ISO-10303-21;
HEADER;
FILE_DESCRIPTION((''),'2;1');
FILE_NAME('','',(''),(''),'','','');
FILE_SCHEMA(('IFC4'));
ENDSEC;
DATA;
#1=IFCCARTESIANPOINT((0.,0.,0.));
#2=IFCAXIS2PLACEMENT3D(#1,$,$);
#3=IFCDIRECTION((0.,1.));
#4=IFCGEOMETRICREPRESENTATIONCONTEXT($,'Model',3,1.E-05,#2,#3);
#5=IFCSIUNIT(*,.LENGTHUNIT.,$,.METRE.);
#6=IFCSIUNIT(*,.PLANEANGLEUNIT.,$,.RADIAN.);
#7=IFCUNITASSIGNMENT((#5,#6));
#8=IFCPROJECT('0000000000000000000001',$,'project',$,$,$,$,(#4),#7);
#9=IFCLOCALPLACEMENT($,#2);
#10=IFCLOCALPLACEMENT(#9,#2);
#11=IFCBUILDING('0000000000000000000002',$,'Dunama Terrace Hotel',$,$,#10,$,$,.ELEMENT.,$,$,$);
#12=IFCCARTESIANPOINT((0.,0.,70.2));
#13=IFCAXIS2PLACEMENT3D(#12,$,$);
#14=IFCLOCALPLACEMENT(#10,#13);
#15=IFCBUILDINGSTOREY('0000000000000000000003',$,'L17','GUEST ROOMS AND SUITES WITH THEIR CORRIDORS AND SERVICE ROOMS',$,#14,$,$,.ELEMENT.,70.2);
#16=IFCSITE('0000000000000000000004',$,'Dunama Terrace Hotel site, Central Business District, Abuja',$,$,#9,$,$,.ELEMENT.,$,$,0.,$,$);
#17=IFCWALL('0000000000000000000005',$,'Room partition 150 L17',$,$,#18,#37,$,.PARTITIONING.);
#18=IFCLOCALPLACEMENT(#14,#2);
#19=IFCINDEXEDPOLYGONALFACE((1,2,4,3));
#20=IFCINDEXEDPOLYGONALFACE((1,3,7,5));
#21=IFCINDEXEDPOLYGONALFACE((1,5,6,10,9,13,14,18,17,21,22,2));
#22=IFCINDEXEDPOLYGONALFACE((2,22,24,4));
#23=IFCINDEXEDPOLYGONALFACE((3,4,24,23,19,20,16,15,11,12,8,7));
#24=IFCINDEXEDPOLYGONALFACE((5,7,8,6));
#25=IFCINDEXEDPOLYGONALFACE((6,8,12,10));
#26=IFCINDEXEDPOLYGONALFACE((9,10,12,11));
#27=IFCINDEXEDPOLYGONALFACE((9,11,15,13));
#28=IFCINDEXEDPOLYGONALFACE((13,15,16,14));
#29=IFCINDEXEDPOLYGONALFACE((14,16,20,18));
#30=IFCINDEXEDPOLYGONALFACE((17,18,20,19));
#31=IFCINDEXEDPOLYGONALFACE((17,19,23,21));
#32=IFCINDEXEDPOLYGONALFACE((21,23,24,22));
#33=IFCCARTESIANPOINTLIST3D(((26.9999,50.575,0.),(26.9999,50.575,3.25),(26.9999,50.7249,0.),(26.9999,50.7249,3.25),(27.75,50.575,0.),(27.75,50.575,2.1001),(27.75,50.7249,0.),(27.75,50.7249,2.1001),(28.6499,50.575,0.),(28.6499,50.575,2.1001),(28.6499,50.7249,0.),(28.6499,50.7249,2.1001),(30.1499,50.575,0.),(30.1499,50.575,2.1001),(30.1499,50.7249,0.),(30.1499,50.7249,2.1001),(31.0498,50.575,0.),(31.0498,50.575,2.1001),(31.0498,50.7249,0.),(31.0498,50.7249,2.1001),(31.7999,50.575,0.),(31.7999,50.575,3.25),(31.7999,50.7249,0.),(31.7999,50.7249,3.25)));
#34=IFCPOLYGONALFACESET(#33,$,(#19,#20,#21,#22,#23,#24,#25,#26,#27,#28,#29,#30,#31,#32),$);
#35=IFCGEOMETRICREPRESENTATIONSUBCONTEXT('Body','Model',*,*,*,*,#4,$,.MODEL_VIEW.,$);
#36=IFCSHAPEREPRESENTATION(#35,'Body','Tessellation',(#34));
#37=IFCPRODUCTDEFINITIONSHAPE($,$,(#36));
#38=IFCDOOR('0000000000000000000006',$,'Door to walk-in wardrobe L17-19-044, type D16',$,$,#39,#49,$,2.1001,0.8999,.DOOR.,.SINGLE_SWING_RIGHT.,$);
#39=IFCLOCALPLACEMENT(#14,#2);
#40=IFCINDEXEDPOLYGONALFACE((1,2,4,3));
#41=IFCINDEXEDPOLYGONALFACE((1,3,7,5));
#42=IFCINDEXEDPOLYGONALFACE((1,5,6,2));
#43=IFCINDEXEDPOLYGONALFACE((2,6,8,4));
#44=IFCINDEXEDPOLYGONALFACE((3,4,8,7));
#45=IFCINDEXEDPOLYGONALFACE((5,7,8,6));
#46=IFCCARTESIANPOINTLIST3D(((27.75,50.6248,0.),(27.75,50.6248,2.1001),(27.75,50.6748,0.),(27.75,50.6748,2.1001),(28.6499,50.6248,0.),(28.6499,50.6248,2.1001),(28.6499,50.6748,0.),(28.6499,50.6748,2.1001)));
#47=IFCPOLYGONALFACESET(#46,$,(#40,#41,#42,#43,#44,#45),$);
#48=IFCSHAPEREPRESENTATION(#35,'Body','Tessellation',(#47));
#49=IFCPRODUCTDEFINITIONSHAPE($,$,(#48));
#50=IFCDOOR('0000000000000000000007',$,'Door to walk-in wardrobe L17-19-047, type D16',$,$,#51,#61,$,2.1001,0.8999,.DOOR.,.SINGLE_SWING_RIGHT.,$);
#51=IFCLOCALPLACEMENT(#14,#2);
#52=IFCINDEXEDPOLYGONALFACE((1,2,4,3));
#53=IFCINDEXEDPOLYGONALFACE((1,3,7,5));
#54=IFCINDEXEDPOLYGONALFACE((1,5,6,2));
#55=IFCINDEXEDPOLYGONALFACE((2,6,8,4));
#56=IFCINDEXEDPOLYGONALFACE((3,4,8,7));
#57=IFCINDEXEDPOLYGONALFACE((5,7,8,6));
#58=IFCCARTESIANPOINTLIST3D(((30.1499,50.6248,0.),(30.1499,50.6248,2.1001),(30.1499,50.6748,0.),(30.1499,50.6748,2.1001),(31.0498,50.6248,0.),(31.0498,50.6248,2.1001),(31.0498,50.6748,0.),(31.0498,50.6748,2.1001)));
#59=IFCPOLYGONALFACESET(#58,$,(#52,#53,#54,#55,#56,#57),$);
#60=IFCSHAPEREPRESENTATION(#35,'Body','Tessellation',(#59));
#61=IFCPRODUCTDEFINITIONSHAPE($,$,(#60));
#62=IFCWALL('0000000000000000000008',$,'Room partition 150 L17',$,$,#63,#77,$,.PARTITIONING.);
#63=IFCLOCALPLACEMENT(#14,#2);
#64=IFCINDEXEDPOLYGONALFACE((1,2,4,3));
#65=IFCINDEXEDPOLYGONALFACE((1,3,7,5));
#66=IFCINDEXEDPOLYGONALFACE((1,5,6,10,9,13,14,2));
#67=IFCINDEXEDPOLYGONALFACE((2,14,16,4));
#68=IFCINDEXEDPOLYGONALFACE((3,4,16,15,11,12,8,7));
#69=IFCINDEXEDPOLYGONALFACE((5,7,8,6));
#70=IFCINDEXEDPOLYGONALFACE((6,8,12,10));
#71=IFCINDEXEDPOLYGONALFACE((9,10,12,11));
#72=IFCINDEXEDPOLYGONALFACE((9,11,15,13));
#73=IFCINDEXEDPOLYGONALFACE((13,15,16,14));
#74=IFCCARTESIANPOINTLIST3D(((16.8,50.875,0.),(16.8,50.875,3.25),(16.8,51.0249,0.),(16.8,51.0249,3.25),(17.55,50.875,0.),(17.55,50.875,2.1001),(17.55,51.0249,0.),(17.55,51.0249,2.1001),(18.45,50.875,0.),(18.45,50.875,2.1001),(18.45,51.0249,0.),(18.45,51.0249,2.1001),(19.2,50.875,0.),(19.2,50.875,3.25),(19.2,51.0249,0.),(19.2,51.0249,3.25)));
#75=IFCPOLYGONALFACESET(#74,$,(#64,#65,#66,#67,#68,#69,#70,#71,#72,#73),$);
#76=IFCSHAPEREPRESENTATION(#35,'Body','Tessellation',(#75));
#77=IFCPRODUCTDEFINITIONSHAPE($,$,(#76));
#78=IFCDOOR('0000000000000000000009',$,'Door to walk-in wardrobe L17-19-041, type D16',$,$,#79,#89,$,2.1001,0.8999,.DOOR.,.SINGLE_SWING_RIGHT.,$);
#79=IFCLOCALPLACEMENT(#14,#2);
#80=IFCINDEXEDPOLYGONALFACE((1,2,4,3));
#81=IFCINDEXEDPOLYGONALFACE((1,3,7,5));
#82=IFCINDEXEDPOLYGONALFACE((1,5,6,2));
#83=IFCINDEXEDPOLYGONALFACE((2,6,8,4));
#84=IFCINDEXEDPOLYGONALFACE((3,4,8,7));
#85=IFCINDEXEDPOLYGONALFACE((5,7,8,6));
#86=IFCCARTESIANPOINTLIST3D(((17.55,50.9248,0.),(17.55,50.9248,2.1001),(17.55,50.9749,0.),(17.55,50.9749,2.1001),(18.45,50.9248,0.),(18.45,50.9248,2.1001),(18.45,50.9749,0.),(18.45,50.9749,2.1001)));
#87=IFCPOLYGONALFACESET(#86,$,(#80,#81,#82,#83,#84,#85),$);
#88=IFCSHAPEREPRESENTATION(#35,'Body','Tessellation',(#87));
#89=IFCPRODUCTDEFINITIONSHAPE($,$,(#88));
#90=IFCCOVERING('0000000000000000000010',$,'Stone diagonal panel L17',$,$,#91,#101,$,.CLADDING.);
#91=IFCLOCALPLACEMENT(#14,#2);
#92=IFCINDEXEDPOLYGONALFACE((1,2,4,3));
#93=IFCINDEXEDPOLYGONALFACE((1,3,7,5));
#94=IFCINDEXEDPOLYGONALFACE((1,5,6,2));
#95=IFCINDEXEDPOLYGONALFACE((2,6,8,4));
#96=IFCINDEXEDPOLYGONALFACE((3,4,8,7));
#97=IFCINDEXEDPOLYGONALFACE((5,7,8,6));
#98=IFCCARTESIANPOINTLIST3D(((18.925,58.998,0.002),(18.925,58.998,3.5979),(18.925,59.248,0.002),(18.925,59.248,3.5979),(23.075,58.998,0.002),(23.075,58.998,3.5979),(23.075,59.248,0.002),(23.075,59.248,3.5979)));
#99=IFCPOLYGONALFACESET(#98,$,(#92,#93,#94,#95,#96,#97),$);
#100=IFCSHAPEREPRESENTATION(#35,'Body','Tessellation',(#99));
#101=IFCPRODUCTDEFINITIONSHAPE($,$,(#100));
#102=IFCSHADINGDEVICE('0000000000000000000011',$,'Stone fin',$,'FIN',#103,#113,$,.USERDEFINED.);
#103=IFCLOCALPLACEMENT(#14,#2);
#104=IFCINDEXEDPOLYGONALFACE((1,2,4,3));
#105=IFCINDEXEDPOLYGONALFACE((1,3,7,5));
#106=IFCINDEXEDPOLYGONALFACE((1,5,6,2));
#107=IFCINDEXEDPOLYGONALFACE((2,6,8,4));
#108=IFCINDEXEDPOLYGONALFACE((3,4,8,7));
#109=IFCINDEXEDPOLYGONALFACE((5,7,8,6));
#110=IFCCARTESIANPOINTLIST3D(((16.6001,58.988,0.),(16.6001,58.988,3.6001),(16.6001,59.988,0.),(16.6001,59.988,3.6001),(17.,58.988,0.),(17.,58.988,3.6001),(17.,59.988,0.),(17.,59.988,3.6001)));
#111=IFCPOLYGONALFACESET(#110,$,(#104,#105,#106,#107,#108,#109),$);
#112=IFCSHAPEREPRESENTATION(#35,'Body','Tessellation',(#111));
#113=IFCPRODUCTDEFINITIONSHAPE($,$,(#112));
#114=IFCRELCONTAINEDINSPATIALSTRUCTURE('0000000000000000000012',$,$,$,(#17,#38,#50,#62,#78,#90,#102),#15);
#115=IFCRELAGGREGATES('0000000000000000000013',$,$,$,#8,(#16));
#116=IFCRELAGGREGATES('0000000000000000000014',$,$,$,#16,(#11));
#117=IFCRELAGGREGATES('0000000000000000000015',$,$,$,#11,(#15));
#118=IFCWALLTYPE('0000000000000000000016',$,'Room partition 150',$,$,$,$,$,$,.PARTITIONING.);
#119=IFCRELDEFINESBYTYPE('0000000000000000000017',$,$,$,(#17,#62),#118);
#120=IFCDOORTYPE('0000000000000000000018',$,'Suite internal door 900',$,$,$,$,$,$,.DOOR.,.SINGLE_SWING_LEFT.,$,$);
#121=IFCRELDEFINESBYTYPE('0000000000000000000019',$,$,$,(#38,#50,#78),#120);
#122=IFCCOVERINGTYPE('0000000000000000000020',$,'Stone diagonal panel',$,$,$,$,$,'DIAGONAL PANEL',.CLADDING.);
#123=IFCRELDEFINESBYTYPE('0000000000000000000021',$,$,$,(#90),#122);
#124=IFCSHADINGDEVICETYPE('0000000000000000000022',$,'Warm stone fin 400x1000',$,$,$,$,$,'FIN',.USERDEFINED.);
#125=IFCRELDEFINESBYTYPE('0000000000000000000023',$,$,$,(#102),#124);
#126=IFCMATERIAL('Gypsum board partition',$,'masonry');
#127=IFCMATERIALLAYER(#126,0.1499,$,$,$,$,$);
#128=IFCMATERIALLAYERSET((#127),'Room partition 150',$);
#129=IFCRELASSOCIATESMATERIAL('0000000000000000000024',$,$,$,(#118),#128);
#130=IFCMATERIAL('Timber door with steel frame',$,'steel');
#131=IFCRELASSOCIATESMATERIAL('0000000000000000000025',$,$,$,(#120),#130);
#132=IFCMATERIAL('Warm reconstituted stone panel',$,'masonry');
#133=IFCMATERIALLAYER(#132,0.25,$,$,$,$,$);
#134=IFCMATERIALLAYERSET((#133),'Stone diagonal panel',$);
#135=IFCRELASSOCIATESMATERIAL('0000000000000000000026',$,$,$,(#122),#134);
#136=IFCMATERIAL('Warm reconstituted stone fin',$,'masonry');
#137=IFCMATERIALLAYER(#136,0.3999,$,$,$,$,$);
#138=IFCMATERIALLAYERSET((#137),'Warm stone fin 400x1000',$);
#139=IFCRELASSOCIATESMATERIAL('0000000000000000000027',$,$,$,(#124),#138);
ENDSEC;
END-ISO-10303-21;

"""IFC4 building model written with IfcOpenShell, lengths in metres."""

from ifc_helpers import new_model, si_unit, direction, frame, frame_2d, origin, origin_2d, place, context, subcontext, project, spatial, rectangle, extrude, material, layer, layer_set, type_object, element, fill, save


model = new_model("IFC4")

# Units and contexts
model_context = context("Model", 3, precision=1e-05, world=origin(), true_north=direction((0.0, 1.0)))
body_context = subcontext(model_context, "Body", "Model", "MODEL_VIEW")
ifc_project = project(units=[si_unit("LENGTHUNIT", "METRE"), si_unit("PLANEANGLEUNIT", "RADIAN")], contexts=[model_context])

# Site, building, storey
site_placement = place(None, origin())
site = spatial("IfcSite", under=ifc_project, at=site_placement, Name="Dunama Terrace Hotel site, Central Business District, Abuja", CompositionType="ELEMENT", RefElevation=0.0)
building_placement = place(site_placement, origin())
building = spatial("IfcBuilding", under=site, at=building_placement, Name="Dunama Terrace Hotel", CompositionType="ELEMENT")
storey_placement = place(building_placement, frame((0.0, 0.0, 70.2)))
storey = spatial("IfcBuildingStorey", under=building, at=storey_placement, Name="L17", Description="GUEST ROOMS AND SUITES WITH THEIR CORRIDORS AND SERVICE ROOMS", CompositionType="ELEMENT", Elevation=70.2)

# Shared definitions
ifc_material_1 = material(Name="Gypsum board partition", Category="masonry")
ifc_layer_1 = layer(ifc_material_1, 0.1499)
ifc_layer_set_1 = layer_set([ifc_layer_1], Name="Room partition 150")
wall_type_1 = type_object("IfcWallType", Name="Room partition 150", PredefinedType="PARTITIONING", material=ifc_layer_set_1)

# Wall, openings, doors
wall_1_placement = place(storey_placement, frame((27.0, 50.6499, 0.0), z_axis=(0.0, 0.0, 1.0), x_axis=(1.0, 0.0, 0.0)))
wall_1 = element("IfcWall", 1, at=wall_1_placement, inside=storey, type_object=wall_type_1, Name="Room partition 150 L17", PredefinedType="PARTITIONING", context=body_context, shape_type="SweptSolid", body=[
    extrude(rectangle(XDim=4.8, YDim=0.1499, at=frame_2d((2.3999, 0.0))), origin(), (0.0, 0.0, 1.0), 3.25),
])
opening_1_placement = place(wall_1_placement, frame((0.75, 0.0, 0.0)))
opening_1 = element("IfcOpeningElement", 2, at=opening_1_placement, cuts=wall_1, PredefinedType="OPENING", context=body_context, shape_type="SweptSolid", body=[
    extrude(rectangle(XDim=0.8999, YDim=2.1001, at=frame_2d((0.45, 1.05))), frame((0.0, 0.085, 0.0), z_axis=(0.0, -1.0, 0.0), x_axis=(1.0, 0.0, 0.0)), (0.0, 0.0, 1.0), 0.1699),
])
opening_2_placement = place(wall_1_placement, frame((3.1499, 0.0, 0.0)))
opening_2 = element("IfcOpeningElement", 3, at=opening_2_placement, cuts=wall_1, PredefinedType="OPENING", context=body_context, shape_type="SweptSolid", body=[
    extrude(rectangle(XDim=0.8999, YDim=2.1001, at=frame_2d((0.45, 1.05))), frame((0.0, 0.085, 0.0), z_axis=(0.0, -1.0, 0.0), x_axis=(1.0, 0.0, 0.0)), (0.0, 0.0, 1.0), 0.1699),
])
ifc_material_2 = material(Name="Timber door with steel frame", Category="steel")
door_type_1 = type_object("IfcDoorType", Name="Suite internal door 900", OperationType="SINGLE_SWING_LEFT", PredefinedType="DOOR", material=ifc_material_2)
door_1_placement = place(opening_1_placement, frame((0.8999, 0.0, 0.0), z_axis=(0.0, 0.0, 1.0), x_axis=(-1.0, 0.0, 0.0)))
door_1 = element("IfcDoor", 4, at=door_1_placement, inside=storey, type_object=door_type_1, Name="Door to walk-in wardrobe L17-19-044, type D16", OperationType="SINGLE_SWING_RIGHT", OverallHeight=2.1001, OverallWidth=0.8999, PredefinedType="DOOR", context=body_context, shape_type="SweptSolid", body=[
    extrude(rectangle(XDim=0.8999, YDim=2.1001, at=frame_2d((0.45, 1.05))), frame((0.0, 0.0251, 0.0), z_axis=(0.0, -1.0, 0.0), x_axis=(1.0, 0.0, 0.0)), (0.0, 0.0, 1.0), 0.05),
])
fill(opening_1, door_1)
door_2_placement = place(opening_2_placement, frame((0.8999, 0.0, 0.0), z_axis=(0.0, 0.0, 1.0), x_axis=(-1.0, 0.0, 0.0)))
door_2 = element("IfcDoor", 5, at=door_2_placement, inside=storey, type_object=door_type_1, Name="Door to walk-in wardrobe L17-19-047, type D16", OperationType="SINGLE_SWING_RIGHT", OverallHeight=2.1001, OverallWidth=0.8999, PredefinedType="DOOR", context=body_context, shape_type="SweptSolid", body=[
    extrude(rectangle(XDim=0.8999, YDim=2.1001, at=frame_2d((0.45, 1.05))), frame((0.0, 0.0251, 0.0), z_axis=(0.0, -1.0, 0.0), x_axis=(1.0, 0.0, 0.0)), (0.0, 0.0, 1.0), 0.05),
])
fill(opening_2, door_2)

# Wall, opening, door
wall_2_placement = place(storey_placement, frame((16.8, 50.95, 0.0), z_axis=(0.0, 0.0, 1.0), x_axis=(1.0, 0.0, 0.0)))
wall_2 = element("IfcWall", 6, at=wall_2_placement, inside=storey, type_object=wall_type_1, Name="Room partition 150 L17", PredefinedType="PARTITIONING", context=body_context, shape_type="SweptSolid", body=[
    extrude(rectangle(XDim=2.3999, YDim=0.1499, at=frame_2d((1.2, 0.0))), origin(), (0.0, 0.0, 1.0), 3.25),
])
opening_3_placement = place(wall_2_placement, frame((0.75, 0.0, 0.0)))
opening_3 = element("IfcOpeningElement", 7, at=opening_3_placement, cuts=wall_2, PredefinedType="OPENING", context=body_context, shape_type="SweptSolid", body=[
    extrude(rectangle(XDim=0.8999, YDim=2.1001, at=frame_2d((0.45, 1.05))), frame((0.0, 0.085, 0.0), z_axis=(0.0, -1.0, 0.0), x_axis=(1.0, 0.0, 0.0)), (0.0, 0.0, 1.0), 0.1699),
])
door_3_placement = place(opening_3_placement, frame((0.8999, 0.0, 0.0), z_axis=(0.0, 0.0, 1.0), x_axis=(-1.0, 0.0, 0.0)))
door_3 = element("IfcDoor", 8, at=door_3_placement, inside=storey, type_object=door_type_1, Name="Door to walk-in wardrobe L17-19-041, type D16", OperationType="SINGLE_SWING_RIGHT", OverallHeight=2.1001, OverallWidth=0.8999, PredefinedType="DOOR", context=body_context, shape_type="SweptSolid", body=[
    extrude(rectangle(XDim=0.8999, YDim=2.1001, at=frame_2d((0.45, 1.05))), frame((0.0, 0.0251, 0.0), z_axis=(0.0, -1.0, 0.0), x_axis=(1.0, 0.0, 0.0)), (0.0, 0.0, 1.0), 0.05),
])
fill(opening_3, door_3)

# Covering
ifc_material_3 = material(Name="Warm reconstituted stone panel", Category="masonry")
ifc_layer_2 = layer(ifc_material_3, 0.25)
ifc_layer_set_2 = layer_set([ifc_layer_2], Name="Stone diagonal panel")
covering_type = type_object("IfcCoveringType", Name="Stone diagonal panel", ElementType="DIAGONAL PANEL", PredefinedType="CLADDING", material=ifc_layer_set_2)
covering_placement = place(storey_placement, frame((21.0, 59.123, 0.002), z_axis=(0.0, 0.0, 1.0), x_axis=(-1.0, 0.0, 0.0)))
element("IfcCovering", 9, at=covering_placement, inside=storey, type_object=covering_type, Name="Stone diagonal panel L17", PredefinedType="CLADDING", context=body_context, shape_type="SweptSolid", body=[
    extrude(rectangle(XDim=4.1499, YDim=0.25, at=origin_2d()), origin(), (0.0, 0.0, 1.0), 3.5959),
])

# Shading device
ifc_material_4 = material(Name="Warm reconstituted stone fin", Category="masonry")
ifc_layer_3 = layer(ifc_material_4, 0.3999)
ifc_layer_set_3 = layer_set([ifc_layer_3], Name="Warm stone fin 400x1000")
shading_device_type = type_object("IfcShadingDeviceType", Name="Warm stone fin 400x1000", ElementType="FIN", PredefinedType="USERDEFINED", material=ifc_layer_set_3)
shading_device_placement = place(storey_placement, frame((16.8, 59.488, 0.0), z_axis=(0.0, 0.0, 1.0), x_axis=(-1.0, 0.0, 0.0)))
element("IfcShadingDevice", 10, at=shading_device_placement, inside=storey, type_object=shading_device_type, Name="Stone fin", ObjectType="FIN", PredefinedType="USERDEFINED", context=body_context, shape_type="SweptSolid", body=[
    extrude(rectangle(XDim=0.3999, YDim=1.0, at=origin_2d()), origin(), (0.0, 0.0, 1.0), 3.6001),
])

save(model, "model.ifc")
